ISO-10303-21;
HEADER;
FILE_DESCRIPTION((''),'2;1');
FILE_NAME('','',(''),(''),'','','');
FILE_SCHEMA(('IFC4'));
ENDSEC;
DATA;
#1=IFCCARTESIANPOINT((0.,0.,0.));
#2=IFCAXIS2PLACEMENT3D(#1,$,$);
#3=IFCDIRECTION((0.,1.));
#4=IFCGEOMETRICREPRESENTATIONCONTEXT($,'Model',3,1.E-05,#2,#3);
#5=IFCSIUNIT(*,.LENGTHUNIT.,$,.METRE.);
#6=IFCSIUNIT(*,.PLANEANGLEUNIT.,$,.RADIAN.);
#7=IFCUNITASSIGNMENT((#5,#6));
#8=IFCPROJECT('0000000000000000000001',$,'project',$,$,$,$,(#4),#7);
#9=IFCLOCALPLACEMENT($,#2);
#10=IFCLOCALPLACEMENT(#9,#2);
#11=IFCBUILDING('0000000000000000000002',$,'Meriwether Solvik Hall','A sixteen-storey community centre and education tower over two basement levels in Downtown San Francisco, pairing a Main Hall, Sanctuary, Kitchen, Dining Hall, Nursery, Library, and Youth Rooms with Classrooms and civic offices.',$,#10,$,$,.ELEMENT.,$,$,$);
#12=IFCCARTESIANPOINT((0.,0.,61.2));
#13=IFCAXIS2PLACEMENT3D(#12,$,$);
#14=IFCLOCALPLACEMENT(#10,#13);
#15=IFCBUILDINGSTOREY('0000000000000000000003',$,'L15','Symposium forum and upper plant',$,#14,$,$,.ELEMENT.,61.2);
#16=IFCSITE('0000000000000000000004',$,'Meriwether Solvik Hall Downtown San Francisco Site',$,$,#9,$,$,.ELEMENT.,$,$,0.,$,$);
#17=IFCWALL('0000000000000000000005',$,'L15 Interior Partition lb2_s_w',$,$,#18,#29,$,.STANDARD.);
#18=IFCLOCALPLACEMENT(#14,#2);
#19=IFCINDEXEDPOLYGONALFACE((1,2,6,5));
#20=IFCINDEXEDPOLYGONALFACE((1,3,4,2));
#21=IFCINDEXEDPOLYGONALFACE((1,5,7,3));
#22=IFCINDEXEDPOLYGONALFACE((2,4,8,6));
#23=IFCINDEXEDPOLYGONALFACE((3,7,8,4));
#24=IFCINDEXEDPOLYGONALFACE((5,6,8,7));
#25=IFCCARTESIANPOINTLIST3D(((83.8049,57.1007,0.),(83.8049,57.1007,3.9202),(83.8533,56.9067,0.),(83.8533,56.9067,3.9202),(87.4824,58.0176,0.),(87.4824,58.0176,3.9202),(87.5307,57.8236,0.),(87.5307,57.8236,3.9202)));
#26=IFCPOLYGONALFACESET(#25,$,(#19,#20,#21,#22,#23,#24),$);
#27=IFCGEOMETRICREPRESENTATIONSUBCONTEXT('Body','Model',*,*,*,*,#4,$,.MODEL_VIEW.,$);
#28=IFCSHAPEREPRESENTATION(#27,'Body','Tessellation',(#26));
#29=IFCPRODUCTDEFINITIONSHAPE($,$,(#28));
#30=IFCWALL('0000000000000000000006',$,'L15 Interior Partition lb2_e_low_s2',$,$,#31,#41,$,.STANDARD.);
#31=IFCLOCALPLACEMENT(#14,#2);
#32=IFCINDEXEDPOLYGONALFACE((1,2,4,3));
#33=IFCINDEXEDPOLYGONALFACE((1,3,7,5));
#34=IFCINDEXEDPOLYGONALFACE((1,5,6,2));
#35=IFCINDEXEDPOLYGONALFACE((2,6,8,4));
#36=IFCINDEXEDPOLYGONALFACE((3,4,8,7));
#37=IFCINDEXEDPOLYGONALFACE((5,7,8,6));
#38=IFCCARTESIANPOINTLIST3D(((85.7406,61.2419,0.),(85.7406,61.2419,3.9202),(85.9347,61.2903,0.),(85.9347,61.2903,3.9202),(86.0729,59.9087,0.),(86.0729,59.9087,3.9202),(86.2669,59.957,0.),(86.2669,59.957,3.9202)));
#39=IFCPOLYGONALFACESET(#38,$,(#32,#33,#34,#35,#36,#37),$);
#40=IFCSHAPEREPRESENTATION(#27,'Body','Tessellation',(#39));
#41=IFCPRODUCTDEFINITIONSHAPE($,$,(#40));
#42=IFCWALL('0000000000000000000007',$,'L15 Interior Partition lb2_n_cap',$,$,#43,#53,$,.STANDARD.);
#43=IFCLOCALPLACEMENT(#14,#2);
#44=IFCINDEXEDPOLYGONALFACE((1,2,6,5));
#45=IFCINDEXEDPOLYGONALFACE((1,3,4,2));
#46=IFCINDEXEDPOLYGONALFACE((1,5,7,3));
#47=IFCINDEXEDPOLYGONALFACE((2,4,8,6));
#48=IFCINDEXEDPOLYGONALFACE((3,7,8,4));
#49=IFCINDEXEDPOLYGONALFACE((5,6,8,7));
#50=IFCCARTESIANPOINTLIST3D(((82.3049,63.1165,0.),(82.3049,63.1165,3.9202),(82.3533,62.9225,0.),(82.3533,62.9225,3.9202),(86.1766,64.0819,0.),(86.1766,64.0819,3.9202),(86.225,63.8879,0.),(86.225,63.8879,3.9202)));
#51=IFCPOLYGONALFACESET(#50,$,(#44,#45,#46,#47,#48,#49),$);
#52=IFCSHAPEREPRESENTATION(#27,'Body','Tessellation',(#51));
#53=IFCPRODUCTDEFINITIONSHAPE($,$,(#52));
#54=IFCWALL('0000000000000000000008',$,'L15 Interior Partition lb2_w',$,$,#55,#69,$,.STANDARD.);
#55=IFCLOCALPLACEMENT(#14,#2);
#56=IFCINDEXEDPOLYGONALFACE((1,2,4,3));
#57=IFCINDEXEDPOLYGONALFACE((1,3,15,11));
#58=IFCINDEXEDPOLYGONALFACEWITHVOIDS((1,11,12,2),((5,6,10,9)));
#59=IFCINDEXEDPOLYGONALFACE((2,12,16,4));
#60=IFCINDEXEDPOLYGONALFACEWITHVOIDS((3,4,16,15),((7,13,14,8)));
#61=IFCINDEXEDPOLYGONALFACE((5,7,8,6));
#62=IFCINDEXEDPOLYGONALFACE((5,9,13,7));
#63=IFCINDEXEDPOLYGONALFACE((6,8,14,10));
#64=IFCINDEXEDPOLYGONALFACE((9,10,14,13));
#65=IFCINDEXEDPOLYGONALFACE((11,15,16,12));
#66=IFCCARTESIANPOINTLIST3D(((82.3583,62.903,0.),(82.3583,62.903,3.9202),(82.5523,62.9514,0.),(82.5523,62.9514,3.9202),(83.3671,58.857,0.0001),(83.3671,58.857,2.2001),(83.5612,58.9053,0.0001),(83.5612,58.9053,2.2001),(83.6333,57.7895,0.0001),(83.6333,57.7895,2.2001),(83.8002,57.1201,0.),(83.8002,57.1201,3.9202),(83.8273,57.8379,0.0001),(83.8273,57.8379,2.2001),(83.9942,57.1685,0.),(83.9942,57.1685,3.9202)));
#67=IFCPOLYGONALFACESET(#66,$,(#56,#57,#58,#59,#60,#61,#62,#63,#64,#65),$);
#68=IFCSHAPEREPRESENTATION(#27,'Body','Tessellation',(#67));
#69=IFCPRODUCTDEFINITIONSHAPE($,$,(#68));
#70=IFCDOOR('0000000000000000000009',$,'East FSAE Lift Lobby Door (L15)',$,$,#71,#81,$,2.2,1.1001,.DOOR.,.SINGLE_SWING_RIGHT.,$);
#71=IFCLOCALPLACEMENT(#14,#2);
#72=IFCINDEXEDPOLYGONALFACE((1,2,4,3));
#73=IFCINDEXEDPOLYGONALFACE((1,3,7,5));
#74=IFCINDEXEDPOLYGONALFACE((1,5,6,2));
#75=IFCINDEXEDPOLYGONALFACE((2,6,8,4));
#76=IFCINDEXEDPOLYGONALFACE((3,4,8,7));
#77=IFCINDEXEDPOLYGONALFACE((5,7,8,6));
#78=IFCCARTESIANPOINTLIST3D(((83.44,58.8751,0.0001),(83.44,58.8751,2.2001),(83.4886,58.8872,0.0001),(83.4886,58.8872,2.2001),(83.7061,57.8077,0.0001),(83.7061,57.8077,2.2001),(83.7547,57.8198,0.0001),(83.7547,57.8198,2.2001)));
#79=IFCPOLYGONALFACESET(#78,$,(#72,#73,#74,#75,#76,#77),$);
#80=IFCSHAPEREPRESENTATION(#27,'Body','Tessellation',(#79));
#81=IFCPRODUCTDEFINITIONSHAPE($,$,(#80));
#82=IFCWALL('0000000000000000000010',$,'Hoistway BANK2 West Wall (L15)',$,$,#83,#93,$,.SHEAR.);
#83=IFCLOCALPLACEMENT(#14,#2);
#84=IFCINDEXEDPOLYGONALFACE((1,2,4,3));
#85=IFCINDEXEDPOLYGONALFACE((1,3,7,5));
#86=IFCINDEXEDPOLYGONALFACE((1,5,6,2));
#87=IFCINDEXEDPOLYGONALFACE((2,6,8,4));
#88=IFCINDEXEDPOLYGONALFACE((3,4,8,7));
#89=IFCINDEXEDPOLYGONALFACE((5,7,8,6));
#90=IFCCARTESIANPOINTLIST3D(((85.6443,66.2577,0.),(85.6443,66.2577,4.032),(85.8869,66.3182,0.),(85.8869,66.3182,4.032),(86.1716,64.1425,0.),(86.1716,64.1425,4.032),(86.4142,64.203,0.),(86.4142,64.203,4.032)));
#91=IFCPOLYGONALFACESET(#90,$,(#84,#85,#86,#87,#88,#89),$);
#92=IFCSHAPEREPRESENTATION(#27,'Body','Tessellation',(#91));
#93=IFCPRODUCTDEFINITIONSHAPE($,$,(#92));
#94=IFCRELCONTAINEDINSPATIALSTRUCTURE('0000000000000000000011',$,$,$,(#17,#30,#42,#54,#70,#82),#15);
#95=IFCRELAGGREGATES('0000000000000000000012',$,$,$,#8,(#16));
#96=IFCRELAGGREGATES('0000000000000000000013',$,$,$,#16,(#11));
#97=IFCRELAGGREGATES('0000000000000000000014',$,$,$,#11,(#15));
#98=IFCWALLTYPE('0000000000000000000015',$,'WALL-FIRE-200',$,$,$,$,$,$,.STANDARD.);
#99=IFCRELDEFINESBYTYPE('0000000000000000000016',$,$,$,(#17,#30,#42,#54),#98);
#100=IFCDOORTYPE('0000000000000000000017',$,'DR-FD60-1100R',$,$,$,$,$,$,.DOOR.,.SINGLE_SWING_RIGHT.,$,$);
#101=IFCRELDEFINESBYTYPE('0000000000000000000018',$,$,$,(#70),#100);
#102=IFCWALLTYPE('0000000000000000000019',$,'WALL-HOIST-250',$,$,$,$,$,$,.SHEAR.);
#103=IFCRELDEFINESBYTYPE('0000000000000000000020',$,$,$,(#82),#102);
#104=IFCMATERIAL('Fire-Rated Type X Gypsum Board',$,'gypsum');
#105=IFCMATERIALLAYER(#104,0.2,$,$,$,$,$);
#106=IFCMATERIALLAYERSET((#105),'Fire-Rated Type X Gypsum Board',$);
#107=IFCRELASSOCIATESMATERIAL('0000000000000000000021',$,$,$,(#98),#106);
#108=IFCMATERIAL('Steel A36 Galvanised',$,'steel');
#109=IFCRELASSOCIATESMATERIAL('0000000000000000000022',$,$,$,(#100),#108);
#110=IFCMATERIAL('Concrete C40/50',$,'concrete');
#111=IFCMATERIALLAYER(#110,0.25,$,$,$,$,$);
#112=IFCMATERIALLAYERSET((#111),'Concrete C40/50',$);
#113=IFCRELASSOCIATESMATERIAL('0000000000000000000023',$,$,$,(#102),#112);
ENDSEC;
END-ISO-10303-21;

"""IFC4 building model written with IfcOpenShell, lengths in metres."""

from ifc_helpers import new_model, si_unit, direction, frame, frame_2d, origin, place, context, subcontext, project, spatial, rectangle, extrude, material, layer, layer_set, type_object, element, fill, save


model = new_model("IFC4")

# Units and contexts
model_context = context("Model", 3, precision=1e-05, world=origin(), true_north=direction((0.0, 1.0)))
body_context = subcontext(model_context, "Body", "Model", "MODEL_VIEW")
ifc_project = project(units=[si_unit("LENGTHUNIT", "METRE"), si_unit("PLANEANGLEUNIT", "RADIAN")], contexts=[model_context])

# Site, building, storey
site_placement = place(None, origin())
site = spatial("IfcSite", under=ifc_project, at=site_placement, Name="Meriwether Solvik Hall Downtown San Francisco Site", CompositionType="ELEMENT", RefElevation=0.0)
building_placement = place(site_placement, origin())
building = spatial("IfcBuilding", under=site, at=building_placement, Name="Meriwether Solvik Hall", Description="A sixteen-storey community centre and education tower over two basement levels in Downtown San Francisco, pairing a Main Hall, Sanctuary, Kitchen, Dining Hall, Nursery, Library, and Youth Rooms with Classrooms and civic offices.", CompositionType="ELEMENT")
storey_placement = place(building_placement, frame((0.0, 0.0, 61.2)))
storey = spatial("IfcBuildingStorey", under=building, at=storey_placement, Name="L15", Description="Symposium forum and upper plant", CompositionType="ELEMENT", Elevation=61.2)

# Shared definitions
ifc_material_1 = material(Name="Fire-Rated Type X Gypsum Board", Category="gypsum")
ifc_layer_1 = layer(ifc_material_1, 0.2)
ifc_layer_set_1 = layer_set([ifc_layer_1], Name="Fire-Rated Type X Gypsum Board")
wall_type_1 = type_object("IfcWallType", Name="WALL-FIRE-200", PredefinedType="STANDARD", material=ifc_layer_set_1)

# Walls
wall_1_placement = place(storey_placement, frame((83.8291, 57.0037, 0.0), z_axis=(0.0, 0.0, 1.0), x_axis=(0.97029, 0.241944, 0.0)))
element("IfcWall", 1, at=wall_1_placement, inside=storey, type_object=wall_type_1, Name="L15 Interior Partition lb2_s_w", PredefinedType="STANDARD", context=body_context, shape_type="SweptSolid", body=[
    extrude(rectangle(XDim=3.79, YDim=0.2, at=frame_2d((1.895, 0.0))), origin(), (0.0, 0.0, 1.0), 3.9202),
])
wall_2_placement = place(storey_placement, frame((86.1699, 59.9329, 0.0), z_axis=(0.0, 0.0, 1.0), x_axis=(-0.241825, 0.97032, 0.0)))
element("IfcWall", 2, at=wall_2_placement, inside=storey, type_object=wall_type_1, Name="L15 Interior Partition lb2_e_low_s2", PredefinedType="STANDARD", context=body_context, shape_type="SweptSolid", body=[
    extrude(rectangle(XDim=1.374, YDim=0.2, at=frame_2d((0.687, 0.0))), origin(), (0.0, 0.0, 1.0), 3.9202),
])
wall_3_placement = place(storey_placement, frame((82.3291, 63.0195, 0.0), z_axis=(0.0, 0.0, 1.0), x_axis=(0.970293, 0.241931, 0.0)))
element("IfcWall", 3, at=wall_3_placement, inside=storey, type_object=wall_type_1, Name="L15 Interior Partition lb2_n_cap", PredefinedType="STANDARD", context=body_context, shape_type="SweptSolid", body=[
    extrude(rectangle(XDim=3.9902, YDim=0.2, at=frame_2d((1.9951, 0.0))), origin(), (0.0, 0.0, 1.0), 3.9202),
])

# Wall, opening, door
wall_4_placement = place(storey_placement, frame((83.8972, 57.1443, 0.0), z_axis=(0.0, 0.0, 1.0), x_axis=(-0.241928, 0.970294, 0.0)))
wall_4 = element("IfcWall", 4, at=wall_4_placement, inside=storey, type_object=wall_type_1, Name="L15 Interior Partition lb2_w", PredefinedType="STANDARD", context=body_context, shape_type="SweptSolid", body=[
    extrude(rectangle(XDim=5.96, YDim=0.2, at=frame_2d((2.98, 0.0))), origin(), (0.0, 0.0, 1.0), 3.9202),
])
opening_1_placement = place(wall_4_placement, frame((0.6899, 0.0, 0.0)))
opening_1 = element("IfcOpeningElement", 5, at=opening_1_placement, cuts=wall_4, PredefinedType="OPENING", context=body_context, shape_type="SweptSolid", body=[
    extrude(rectangle(XDim=1.1001, YDim=2.2, at=frame_2d((0.55, 1.1001))), frame((0.0, 0.1118, 0.0), z_axis=(0.0, -1.0, 0.0), x_axis=(1.0, 0.0, 0.0)), (0.0, 0.0, 1.0), 0.2239),
])
ifc_material_2 = material(Name="Steel A36 Galvanised", Category="steel")
door_type_1 = type_object("IfcDoorType", Name="DR-FD60-1100R", OperationType="SINGLE_SWING_RIGHT", PredefinedType="DOOR", material=ifc_material_2)
door_1_placement = place(opening_1_placement, origin())
door_1 = element("IfcDoor", 6, at=door_1_placement, inside=storey, type_object=door_type_1, Name="East FSAE Lift Lobby Door (L15)", OperationType="SINGLE_SWING_RIGHT", OverallHeight=2.2, OverallWidth=1.1001, PredefinedType="DOOR", context=body_context, shape_type="SweptSolid", body=[
    extrude(rectangle(XDim=1.1001, YDim=2.2, at=frame_2d((0.55, 1.1001))), frame((0.0, 0.0249, 0.0), z_axis=(0.0, -1.0, 0.0), x_axis=(1.0, 0.0, 0.0)), (0.0, 0.0, 1.0), 0.05),
])
fill(opening_1, door_1)

# Wall
ifc_material_3 = material(Name="Concrete C40/50", Category="concrete")
ifc_layer_2 = layer(ifc_material_3, 0.25)
ifc_layer_set_2 = layer_set([ifc_layer_2], Name="Concrete C40/50")
wall_type_2 = type_object("IfcWallType", Name="WALL-HOIST-250", PredefinedType="SHEAR", material=ifc_layer_set_2)
wall_5_placement = place(storey_placement, frame((85.7656, 66.2878, 0.0), z_axis=(0.0, 0.0, 1.0), x_axis=(0.241903, -0.9703, 0.0)))
element("IfcWall", 7, at=wall_5_placement, inside=storey, type_object=wall_type_2, Name="Hoistway BANK2 West Wall (L15)", PredefinedType="SHEAR", context=body_context, shape_type="SweptSolid", body=[
    extrude(rectangle(XDim=2.1799, YDim=0.25, at=frame_2d((1.0898, 0.0))), origin(), (0.0, 0.0, 1.0), 4.032),
])

save(model, "model.ifc")
